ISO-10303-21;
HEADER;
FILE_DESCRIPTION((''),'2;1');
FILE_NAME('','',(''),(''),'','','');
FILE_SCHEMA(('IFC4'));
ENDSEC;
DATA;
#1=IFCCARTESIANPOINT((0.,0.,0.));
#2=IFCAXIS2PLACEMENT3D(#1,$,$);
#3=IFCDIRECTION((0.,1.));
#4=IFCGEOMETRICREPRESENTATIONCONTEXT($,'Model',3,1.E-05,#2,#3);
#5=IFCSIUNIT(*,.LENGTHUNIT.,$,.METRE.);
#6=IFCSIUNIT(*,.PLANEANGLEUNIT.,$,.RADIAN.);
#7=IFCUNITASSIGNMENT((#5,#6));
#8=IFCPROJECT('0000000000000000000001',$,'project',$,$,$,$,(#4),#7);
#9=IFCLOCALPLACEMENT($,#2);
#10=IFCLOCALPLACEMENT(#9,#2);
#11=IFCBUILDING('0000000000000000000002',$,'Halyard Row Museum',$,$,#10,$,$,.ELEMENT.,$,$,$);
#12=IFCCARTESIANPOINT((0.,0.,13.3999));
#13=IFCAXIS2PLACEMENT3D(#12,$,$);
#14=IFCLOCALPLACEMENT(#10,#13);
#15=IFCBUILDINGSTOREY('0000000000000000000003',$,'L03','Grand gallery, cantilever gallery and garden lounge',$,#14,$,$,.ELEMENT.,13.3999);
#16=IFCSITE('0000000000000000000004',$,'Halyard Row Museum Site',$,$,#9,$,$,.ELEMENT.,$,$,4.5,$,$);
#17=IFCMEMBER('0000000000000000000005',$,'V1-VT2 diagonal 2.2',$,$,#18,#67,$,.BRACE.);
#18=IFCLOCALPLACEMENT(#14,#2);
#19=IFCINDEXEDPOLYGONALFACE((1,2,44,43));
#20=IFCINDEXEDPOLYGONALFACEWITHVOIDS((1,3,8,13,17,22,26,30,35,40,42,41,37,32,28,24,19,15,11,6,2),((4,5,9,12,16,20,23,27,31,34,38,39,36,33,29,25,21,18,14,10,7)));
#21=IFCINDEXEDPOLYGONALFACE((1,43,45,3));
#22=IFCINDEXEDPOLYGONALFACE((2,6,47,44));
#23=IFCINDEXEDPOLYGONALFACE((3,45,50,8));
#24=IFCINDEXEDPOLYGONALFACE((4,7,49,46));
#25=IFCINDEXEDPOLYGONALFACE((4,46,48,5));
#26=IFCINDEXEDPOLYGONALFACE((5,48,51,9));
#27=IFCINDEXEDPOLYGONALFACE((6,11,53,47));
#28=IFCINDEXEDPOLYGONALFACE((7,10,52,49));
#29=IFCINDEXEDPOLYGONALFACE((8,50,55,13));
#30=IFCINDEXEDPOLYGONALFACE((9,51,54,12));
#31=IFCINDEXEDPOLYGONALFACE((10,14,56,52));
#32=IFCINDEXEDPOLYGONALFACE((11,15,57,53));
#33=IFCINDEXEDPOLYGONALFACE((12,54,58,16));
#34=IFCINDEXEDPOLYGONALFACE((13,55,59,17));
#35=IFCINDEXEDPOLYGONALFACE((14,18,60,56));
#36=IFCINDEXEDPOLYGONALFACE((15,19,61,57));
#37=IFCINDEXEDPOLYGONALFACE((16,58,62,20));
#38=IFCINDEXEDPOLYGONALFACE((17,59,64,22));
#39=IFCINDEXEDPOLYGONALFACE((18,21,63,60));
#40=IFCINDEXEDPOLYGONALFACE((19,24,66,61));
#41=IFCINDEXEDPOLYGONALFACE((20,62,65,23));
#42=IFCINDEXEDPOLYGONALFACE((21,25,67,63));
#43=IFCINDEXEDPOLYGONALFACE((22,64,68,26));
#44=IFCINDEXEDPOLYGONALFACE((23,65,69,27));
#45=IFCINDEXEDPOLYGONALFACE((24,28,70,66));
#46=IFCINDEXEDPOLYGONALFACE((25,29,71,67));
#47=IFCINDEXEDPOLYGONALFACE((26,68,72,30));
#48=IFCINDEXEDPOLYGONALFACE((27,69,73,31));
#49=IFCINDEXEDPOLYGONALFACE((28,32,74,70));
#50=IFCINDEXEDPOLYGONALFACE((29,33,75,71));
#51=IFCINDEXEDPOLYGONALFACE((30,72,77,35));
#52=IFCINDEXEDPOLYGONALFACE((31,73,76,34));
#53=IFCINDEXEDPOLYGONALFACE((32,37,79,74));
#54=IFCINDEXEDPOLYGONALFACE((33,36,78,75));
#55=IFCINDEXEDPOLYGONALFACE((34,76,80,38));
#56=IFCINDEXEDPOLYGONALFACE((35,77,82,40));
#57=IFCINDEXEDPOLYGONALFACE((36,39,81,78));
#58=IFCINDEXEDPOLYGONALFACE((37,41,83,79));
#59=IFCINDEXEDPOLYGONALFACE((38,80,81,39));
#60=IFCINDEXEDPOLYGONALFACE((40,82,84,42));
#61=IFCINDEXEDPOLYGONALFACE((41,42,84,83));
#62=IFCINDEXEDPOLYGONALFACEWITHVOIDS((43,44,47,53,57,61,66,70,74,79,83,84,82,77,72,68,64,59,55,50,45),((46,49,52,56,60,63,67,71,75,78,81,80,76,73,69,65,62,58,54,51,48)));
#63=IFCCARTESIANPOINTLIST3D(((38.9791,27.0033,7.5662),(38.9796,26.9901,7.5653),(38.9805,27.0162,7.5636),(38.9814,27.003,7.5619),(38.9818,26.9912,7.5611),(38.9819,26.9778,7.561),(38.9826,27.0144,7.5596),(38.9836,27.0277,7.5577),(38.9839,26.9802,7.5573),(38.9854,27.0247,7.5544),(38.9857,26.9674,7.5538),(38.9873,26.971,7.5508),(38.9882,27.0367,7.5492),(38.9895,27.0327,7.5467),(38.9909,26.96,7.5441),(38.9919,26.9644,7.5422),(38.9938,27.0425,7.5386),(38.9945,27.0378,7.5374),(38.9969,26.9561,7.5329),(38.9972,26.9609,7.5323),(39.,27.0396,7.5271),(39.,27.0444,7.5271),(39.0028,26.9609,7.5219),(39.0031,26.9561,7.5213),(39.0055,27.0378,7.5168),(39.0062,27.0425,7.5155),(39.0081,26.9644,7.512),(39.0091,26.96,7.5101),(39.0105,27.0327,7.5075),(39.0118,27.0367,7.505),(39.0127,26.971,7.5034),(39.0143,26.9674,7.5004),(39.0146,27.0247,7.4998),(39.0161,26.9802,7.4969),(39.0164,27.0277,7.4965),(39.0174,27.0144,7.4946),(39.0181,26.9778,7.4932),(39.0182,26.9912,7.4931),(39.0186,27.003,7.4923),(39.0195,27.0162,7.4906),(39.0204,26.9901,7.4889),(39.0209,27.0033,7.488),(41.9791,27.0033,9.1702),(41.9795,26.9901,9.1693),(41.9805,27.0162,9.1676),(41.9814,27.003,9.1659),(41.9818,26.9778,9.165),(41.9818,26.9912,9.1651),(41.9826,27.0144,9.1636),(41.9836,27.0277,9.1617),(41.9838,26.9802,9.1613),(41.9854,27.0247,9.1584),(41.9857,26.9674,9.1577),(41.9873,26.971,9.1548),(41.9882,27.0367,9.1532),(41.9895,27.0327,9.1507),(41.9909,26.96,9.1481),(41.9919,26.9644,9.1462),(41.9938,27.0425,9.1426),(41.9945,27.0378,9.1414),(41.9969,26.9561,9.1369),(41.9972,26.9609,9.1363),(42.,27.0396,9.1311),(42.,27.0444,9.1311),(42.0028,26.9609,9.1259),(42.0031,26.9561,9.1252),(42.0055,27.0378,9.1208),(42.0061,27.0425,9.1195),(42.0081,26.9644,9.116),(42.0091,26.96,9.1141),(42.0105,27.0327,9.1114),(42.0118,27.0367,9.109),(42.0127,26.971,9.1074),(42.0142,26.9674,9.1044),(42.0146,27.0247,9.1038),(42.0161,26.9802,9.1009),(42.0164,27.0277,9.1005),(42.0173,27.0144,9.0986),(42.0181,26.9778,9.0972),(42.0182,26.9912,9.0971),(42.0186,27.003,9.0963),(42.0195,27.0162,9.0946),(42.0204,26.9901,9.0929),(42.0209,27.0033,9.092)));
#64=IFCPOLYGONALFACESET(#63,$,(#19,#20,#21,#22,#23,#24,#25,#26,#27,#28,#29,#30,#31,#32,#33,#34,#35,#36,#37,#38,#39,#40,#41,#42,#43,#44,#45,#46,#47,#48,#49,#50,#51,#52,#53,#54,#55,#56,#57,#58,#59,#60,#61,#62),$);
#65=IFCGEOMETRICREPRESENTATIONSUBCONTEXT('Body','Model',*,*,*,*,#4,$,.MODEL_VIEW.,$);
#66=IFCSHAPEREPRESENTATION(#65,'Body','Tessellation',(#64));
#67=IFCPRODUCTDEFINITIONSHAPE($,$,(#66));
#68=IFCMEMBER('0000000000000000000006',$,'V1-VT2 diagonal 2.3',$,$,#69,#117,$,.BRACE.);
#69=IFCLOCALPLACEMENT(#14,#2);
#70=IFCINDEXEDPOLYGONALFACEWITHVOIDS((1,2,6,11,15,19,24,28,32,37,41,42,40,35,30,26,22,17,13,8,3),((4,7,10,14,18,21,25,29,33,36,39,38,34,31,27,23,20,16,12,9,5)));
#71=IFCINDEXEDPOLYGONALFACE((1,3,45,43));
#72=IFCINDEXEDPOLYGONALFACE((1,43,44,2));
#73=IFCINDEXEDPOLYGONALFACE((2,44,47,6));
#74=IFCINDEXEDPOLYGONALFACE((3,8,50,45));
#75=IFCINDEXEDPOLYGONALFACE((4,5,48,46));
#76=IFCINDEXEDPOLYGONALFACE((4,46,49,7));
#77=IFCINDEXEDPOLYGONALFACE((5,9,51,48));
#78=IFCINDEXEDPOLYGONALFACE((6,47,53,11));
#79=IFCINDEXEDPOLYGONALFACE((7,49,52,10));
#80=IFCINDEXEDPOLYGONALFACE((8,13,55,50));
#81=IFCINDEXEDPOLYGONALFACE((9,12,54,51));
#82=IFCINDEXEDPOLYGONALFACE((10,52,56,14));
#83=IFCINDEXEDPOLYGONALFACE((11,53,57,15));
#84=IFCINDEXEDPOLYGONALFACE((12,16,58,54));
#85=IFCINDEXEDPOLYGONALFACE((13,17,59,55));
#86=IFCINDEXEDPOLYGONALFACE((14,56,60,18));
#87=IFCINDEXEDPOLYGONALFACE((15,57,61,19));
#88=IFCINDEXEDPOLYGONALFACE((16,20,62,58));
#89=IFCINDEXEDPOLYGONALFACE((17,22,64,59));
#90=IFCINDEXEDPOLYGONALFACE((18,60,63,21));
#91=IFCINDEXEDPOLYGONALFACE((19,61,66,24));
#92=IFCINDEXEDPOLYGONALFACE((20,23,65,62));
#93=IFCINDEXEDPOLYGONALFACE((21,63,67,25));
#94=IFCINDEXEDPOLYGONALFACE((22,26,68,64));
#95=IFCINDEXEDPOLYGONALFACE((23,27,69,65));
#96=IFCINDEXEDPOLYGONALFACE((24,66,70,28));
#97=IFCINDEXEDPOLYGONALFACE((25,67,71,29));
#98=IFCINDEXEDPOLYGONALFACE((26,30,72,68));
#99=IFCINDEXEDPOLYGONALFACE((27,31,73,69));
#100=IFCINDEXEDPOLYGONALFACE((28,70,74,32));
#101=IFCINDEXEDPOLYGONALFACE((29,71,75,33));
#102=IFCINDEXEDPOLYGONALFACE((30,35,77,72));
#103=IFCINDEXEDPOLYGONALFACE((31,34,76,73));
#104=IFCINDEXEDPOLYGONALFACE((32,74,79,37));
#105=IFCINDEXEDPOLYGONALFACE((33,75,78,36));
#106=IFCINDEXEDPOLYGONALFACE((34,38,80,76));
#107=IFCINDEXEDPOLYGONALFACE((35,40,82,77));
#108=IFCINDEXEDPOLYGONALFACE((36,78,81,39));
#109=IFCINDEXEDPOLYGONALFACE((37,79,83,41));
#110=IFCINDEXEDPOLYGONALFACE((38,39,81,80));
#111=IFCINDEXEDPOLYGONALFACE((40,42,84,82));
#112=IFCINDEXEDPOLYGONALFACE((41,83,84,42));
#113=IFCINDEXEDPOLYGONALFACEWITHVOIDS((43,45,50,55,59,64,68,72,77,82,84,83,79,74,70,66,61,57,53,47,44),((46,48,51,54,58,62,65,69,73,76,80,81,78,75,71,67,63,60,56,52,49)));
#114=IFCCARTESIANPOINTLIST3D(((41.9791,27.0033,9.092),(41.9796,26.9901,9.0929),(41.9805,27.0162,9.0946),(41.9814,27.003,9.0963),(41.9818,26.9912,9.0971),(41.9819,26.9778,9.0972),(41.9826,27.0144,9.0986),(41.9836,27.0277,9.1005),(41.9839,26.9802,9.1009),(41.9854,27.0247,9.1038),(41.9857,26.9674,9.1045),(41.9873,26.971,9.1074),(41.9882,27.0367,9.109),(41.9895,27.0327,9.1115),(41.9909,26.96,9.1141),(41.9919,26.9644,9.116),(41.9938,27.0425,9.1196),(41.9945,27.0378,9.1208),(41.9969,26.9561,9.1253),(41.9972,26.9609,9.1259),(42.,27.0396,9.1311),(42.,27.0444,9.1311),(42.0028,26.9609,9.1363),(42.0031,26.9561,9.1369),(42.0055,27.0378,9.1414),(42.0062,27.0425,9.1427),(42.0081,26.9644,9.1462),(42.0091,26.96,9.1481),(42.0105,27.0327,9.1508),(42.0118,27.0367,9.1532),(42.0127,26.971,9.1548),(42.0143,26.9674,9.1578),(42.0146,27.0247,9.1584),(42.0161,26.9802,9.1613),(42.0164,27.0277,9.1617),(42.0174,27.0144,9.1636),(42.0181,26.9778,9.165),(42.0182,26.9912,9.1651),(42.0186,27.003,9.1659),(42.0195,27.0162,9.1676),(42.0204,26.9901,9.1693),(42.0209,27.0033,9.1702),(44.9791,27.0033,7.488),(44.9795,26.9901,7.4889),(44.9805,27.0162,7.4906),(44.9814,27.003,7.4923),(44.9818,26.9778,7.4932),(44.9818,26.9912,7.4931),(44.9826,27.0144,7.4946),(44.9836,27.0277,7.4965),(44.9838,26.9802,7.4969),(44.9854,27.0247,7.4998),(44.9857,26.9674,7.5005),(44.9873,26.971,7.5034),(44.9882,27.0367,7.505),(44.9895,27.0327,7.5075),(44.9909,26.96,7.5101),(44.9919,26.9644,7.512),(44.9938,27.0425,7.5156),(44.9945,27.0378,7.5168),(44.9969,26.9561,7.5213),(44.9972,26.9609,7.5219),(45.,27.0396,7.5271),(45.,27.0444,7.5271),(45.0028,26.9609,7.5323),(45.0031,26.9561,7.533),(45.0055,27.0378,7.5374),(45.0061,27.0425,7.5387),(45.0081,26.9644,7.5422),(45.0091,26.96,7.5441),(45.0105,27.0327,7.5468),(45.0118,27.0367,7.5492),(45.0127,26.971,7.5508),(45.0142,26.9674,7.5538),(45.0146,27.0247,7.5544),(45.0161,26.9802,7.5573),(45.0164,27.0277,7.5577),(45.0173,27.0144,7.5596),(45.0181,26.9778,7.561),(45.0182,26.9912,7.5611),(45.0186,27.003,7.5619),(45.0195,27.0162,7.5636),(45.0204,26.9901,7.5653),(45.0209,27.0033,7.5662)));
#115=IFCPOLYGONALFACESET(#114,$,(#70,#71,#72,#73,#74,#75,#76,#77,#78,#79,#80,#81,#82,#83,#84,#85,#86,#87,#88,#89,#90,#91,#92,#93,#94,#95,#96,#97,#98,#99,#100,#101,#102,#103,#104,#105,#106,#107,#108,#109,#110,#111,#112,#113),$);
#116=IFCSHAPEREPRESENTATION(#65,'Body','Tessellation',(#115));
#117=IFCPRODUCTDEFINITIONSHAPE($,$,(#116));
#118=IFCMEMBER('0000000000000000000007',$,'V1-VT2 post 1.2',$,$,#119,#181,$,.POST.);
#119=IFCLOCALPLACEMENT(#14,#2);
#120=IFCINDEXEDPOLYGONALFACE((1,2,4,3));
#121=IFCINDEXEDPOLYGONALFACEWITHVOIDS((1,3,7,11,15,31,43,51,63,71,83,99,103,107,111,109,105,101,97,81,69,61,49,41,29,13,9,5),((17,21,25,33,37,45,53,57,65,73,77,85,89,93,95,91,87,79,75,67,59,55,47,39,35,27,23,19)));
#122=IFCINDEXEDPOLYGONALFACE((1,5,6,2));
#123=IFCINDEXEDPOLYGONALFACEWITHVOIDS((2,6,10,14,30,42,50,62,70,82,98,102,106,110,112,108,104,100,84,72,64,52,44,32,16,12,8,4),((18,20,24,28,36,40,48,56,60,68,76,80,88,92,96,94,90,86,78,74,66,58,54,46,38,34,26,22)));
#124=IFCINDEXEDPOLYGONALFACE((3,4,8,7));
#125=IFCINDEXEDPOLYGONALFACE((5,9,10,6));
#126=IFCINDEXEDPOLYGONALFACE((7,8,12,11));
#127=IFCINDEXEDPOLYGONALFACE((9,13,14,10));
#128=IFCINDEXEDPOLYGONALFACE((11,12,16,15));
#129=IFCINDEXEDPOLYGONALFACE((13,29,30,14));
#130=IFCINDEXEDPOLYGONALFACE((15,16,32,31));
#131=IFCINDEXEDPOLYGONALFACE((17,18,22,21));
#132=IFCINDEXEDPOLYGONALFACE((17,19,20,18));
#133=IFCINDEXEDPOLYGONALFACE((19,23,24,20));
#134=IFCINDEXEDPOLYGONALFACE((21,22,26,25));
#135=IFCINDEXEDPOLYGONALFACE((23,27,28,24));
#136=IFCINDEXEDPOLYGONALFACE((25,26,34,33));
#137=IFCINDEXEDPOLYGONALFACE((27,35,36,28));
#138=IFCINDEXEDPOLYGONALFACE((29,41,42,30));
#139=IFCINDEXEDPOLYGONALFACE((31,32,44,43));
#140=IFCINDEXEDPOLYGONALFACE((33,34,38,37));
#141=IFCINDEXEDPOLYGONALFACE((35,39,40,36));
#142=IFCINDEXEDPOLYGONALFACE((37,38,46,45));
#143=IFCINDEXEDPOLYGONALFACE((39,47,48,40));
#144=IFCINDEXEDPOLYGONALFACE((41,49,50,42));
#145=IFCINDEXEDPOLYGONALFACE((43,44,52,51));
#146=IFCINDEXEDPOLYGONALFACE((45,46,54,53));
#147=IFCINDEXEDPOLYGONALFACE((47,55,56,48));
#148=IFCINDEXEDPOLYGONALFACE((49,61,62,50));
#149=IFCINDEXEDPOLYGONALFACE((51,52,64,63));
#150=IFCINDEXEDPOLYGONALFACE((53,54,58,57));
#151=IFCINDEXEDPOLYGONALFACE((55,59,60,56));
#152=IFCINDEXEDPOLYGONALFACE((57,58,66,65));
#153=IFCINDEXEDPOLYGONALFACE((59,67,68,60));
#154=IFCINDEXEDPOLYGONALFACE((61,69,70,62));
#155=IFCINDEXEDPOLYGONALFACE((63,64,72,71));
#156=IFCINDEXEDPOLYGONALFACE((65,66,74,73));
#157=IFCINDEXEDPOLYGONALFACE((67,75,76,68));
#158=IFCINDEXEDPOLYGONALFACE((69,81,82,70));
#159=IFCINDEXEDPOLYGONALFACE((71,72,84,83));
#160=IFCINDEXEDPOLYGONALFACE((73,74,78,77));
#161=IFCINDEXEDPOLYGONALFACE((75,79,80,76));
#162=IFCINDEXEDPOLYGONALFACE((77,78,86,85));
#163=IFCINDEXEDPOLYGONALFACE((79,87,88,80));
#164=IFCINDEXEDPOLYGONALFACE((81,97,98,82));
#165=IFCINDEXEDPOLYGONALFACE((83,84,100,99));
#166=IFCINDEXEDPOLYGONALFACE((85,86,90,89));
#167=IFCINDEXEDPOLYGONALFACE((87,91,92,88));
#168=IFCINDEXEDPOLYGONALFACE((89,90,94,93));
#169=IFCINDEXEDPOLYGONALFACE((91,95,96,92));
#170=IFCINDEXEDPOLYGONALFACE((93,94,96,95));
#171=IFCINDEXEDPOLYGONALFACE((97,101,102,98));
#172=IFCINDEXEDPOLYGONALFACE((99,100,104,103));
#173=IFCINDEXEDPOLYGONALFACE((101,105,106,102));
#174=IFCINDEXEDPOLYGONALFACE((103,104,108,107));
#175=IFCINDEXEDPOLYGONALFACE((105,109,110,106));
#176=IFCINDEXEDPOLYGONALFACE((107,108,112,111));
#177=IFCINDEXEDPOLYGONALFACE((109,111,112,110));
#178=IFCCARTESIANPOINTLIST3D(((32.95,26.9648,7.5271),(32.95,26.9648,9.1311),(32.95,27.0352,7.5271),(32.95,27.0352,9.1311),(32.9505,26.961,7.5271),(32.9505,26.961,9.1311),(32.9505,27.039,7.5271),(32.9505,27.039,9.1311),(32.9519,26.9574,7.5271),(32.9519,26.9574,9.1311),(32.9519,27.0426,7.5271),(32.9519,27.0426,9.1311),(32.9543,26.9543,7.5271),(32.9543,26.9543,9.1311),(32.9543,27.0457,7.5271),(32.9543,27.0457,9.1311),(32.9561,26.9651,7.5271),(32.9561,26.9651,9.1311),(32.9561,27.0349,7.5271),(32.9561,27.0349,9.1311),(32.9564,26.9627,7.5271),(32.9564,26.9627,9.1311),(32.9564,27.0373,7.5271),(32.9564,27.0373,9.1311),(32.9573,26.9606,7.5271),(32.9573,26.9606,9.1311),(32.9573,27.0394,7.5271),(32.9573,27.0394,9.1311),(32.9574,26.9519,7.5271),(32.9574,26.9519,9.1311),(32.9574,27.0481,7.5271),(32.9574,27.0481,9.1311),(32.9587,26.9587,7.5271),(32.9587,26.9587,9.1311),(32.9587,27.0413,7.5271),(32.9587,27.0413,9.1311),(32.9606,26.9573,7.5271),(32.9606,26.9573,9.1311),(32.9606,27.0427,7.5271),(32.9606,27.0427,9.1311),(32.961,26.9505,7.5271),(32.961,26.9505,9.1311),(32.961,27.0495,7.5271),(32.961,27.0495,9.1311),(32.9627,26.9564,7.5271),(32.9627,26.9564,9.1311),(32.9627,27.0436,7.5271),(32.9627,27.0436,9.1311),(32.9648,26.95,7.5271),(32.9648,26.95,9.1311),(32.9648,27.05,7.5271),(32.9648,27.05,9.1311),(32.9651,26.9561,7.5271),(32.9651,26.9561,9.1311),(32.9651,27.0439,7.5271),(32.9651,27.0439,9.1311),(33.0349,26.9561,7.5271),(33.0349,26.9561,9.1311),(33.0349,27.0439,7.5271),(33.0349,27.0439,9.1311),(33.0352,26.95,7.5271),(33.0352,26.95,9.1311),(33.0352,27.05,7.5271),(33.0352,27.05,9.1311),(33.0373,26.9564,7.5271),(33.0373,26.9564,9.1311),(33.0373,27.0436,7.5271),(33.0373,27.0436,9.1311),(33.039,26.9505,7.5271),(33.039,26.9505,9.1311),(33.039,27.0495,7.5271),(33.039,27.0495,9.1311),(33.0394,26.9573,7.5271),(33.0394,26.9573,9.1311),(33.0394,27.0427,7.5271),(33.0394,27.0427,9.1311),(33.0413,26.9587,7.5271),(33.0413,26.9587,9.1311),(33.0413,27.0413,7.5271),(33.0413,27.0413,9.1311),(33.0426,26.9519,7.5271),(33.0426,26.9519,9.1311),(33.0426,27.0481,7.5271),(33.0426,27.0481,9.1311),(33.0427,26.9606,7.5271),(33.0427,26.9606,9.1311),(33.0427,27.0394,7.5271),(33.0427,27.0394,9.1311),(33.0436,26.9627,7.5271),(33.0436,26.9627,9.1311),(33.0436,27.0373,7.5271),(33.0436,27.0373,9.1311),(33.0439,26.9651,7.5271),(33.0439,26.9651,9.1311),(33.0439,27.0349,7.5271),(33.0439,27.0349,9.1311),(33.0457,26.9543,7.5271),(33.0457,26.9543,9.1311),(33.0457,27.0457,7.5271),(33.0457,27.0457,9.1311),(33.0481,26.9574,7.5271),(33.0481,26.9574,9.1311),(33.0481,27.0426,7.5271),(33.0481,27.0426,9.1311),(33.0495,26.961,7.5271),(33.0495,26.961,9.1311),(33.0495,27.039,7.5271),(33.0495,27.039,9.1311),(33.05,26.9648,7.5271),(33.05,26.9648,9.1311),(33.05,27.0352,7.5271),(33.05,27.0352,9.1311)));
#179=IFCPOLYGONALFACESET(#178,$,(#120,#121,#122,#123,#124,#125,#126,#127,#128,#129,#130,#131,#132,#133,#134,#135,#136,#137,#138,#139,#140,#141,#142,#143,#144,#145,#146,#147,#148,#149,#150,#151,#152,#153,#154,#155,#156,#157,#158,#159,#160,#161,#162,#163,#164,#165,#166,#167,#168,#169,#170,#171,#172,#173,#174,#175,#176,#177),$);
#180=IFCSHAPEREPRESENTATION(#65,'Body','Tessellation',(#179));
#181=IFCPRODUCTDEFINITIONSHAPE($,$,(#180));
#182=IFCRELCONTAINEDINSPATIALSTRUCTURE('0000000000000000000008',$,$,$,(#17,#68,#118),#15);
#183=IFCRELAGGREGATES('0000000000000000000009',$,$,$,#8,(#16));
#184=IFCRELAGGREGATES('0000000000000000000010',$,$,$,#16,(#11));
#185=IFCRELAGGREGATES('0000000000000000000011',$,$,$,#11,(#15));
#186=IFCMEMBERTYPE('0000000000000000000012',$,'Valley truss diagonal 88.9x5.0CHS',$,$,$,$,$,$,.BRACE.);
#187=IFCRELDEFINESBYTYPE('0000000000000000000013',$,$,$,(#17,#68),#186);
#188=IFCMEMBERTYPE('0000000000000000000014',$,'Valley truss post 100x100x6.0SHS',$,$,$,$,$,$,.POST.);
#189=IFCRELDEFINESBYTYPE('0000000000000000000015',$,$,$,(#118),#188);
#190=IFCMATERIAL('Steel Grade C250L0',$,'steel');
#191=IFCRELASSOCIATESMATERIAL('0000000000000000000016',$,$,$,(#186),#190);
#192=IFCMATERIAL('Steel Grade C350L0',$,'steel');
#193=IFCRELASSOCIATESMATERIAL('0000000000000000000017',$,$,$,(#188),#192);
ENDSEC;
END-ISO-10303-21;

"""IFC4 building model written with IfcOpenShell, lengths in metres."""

from ifc_helpers import new_model, si_unit, direction, frame, origin, origin_2d, place, context, subcontext, project, spatial, hollow_rectangle, hollow_circle, extrude, material, material_profile, profile_set, type_object, element, save


model = new_model("IFC4")

# Units and contexts
model_context = context("Model", 3, precision=1e-05, world=origin(), true_north=direction((0.0, 1.0)))
body_context = subcontext(model_context, "Body", "Model", "MODEL_VIEW")
ifc_project = project(units=[si_unit("LENGTHUNIT", "METRE"), si_unit("PLANEANGLEUNIT", "RADIAN")], contexts=[model_context])

# Site, building, storey
site_placement = place(None, origin())
site = spatial("IfcSite", under=ifc_project, at=site_placement, Name="Halyard Row Museum Site", CompositionType="ELEMENT", RefElevation=4.5)
building_placement = place(site_placement, origin())
building = spatial("IfcBuilding", under=site, at=building_placement, Name="Halyard Row Museum", CompositionType="ELEMENT")
storey_placement = place(building_placement, frame((0.0, 0.0, 13.3999)))
storey = spatial("IfcBuildingStorey", under=building, at=storey_placement, Name="L03", Description="Grand gallery, cantilever gallery and garden lounge", CompositionType="ELEMENT", Elevation=13.3999)

# Members
ifc_material_1 = material(Name="Steel Grade C250L0", Category="steel")
ifc_material_profile_1 = material_profile(ifc_material_1, hollow_circle(Radius=0.0444, WallThickness=0.0049, at=origin_2d()), Name="88.9x5.0CHS")
ifc_profile_set_1 = profile_set([ifc_material_profile_1], Name="Steel Grade C250L0")
member_type_1 = type_object("IfcMemberType", Name="Valley truss diagonal 88.9x5.0CHS", PredefinedType="BRACE", material=ifc_profile_set_1)
for number, where, z_axis, x_axis, name in (
    (1, (39.0, 27.0, 7.5271), (0.881864, 0.0, 0.471504), (0.0, 1.0, 0.0), "V1-VT2 diagonal 2.2"),
    (2, (42.0, 27.0, 9.1311), (0.881864, 0.0, -0.471504), (0.0, 1.0, 0.0), "V1-VT2 diagonal 2.3"),
):
    element("IfcMember", number, at=place(storey_placement, frame(where, z_axis=z_axis, x_axis=x_axis)), inside=storey, type_object=member_type_1, Name=name, PredefinedType="BRACE", context=body_context, shape_type="SweptSolid", body=[
        extrude(hollow_circle(Radius=0.0444, WallThickness=0.0049, at=origin_2d()), origin(), (0.0, 0.0, 1.0), 3.4019),
    ])
ifc_material_2 = material(Name="Steel Grade C350L0", Category="steel")
ifc_material_profile_2 = material_profile(ifc_material_2, hollow_rectangle(XDim=0.1001, YDim=0.1001, WallThickness=0.0061, InnerFilletRadius=0.009, OuterFilletRadius=0.0149, at=origin_2d()), Name="100x100x6.0SHS")
ifc_profile_set_2 = profile_set([ifc_material_profile_2], Name="Steel Grade C350L0")
member_type_2 = type_object("IfcMemberType", Name="Valley truss post 100x100x6.0SHS", PredefinedType="POST", material=ifc_profile_set_2)
for number, where, z_axis, x_axis, name in (
    (3, (33.0, 27.0, 7.5271), (0.0, 0.0, 1.0), (1.0, 0.0, 0.0), "V1-VT2 post 1.2"),
):
    element("IfcMember", number, at=place(storey_placement, frame(where, z_axis=z_axis, x_axis=x_axis)), inside=storey, type_object=member_type_2, Name=name, PredefinedType="POST", context=body_context, shape_type="SweptSolid", body=[
        extrude(hollow_rectangle(XDim=0.1001, YDim=0.1001, WallThickness=0.0061, InnerFilletRadius=0.009, OuterFilletRadius=0.0149, at=origin_2d()), origin(), (0.0, 0.0, 1.0), 1.604),
    ])

save(model, "model.ifc")
